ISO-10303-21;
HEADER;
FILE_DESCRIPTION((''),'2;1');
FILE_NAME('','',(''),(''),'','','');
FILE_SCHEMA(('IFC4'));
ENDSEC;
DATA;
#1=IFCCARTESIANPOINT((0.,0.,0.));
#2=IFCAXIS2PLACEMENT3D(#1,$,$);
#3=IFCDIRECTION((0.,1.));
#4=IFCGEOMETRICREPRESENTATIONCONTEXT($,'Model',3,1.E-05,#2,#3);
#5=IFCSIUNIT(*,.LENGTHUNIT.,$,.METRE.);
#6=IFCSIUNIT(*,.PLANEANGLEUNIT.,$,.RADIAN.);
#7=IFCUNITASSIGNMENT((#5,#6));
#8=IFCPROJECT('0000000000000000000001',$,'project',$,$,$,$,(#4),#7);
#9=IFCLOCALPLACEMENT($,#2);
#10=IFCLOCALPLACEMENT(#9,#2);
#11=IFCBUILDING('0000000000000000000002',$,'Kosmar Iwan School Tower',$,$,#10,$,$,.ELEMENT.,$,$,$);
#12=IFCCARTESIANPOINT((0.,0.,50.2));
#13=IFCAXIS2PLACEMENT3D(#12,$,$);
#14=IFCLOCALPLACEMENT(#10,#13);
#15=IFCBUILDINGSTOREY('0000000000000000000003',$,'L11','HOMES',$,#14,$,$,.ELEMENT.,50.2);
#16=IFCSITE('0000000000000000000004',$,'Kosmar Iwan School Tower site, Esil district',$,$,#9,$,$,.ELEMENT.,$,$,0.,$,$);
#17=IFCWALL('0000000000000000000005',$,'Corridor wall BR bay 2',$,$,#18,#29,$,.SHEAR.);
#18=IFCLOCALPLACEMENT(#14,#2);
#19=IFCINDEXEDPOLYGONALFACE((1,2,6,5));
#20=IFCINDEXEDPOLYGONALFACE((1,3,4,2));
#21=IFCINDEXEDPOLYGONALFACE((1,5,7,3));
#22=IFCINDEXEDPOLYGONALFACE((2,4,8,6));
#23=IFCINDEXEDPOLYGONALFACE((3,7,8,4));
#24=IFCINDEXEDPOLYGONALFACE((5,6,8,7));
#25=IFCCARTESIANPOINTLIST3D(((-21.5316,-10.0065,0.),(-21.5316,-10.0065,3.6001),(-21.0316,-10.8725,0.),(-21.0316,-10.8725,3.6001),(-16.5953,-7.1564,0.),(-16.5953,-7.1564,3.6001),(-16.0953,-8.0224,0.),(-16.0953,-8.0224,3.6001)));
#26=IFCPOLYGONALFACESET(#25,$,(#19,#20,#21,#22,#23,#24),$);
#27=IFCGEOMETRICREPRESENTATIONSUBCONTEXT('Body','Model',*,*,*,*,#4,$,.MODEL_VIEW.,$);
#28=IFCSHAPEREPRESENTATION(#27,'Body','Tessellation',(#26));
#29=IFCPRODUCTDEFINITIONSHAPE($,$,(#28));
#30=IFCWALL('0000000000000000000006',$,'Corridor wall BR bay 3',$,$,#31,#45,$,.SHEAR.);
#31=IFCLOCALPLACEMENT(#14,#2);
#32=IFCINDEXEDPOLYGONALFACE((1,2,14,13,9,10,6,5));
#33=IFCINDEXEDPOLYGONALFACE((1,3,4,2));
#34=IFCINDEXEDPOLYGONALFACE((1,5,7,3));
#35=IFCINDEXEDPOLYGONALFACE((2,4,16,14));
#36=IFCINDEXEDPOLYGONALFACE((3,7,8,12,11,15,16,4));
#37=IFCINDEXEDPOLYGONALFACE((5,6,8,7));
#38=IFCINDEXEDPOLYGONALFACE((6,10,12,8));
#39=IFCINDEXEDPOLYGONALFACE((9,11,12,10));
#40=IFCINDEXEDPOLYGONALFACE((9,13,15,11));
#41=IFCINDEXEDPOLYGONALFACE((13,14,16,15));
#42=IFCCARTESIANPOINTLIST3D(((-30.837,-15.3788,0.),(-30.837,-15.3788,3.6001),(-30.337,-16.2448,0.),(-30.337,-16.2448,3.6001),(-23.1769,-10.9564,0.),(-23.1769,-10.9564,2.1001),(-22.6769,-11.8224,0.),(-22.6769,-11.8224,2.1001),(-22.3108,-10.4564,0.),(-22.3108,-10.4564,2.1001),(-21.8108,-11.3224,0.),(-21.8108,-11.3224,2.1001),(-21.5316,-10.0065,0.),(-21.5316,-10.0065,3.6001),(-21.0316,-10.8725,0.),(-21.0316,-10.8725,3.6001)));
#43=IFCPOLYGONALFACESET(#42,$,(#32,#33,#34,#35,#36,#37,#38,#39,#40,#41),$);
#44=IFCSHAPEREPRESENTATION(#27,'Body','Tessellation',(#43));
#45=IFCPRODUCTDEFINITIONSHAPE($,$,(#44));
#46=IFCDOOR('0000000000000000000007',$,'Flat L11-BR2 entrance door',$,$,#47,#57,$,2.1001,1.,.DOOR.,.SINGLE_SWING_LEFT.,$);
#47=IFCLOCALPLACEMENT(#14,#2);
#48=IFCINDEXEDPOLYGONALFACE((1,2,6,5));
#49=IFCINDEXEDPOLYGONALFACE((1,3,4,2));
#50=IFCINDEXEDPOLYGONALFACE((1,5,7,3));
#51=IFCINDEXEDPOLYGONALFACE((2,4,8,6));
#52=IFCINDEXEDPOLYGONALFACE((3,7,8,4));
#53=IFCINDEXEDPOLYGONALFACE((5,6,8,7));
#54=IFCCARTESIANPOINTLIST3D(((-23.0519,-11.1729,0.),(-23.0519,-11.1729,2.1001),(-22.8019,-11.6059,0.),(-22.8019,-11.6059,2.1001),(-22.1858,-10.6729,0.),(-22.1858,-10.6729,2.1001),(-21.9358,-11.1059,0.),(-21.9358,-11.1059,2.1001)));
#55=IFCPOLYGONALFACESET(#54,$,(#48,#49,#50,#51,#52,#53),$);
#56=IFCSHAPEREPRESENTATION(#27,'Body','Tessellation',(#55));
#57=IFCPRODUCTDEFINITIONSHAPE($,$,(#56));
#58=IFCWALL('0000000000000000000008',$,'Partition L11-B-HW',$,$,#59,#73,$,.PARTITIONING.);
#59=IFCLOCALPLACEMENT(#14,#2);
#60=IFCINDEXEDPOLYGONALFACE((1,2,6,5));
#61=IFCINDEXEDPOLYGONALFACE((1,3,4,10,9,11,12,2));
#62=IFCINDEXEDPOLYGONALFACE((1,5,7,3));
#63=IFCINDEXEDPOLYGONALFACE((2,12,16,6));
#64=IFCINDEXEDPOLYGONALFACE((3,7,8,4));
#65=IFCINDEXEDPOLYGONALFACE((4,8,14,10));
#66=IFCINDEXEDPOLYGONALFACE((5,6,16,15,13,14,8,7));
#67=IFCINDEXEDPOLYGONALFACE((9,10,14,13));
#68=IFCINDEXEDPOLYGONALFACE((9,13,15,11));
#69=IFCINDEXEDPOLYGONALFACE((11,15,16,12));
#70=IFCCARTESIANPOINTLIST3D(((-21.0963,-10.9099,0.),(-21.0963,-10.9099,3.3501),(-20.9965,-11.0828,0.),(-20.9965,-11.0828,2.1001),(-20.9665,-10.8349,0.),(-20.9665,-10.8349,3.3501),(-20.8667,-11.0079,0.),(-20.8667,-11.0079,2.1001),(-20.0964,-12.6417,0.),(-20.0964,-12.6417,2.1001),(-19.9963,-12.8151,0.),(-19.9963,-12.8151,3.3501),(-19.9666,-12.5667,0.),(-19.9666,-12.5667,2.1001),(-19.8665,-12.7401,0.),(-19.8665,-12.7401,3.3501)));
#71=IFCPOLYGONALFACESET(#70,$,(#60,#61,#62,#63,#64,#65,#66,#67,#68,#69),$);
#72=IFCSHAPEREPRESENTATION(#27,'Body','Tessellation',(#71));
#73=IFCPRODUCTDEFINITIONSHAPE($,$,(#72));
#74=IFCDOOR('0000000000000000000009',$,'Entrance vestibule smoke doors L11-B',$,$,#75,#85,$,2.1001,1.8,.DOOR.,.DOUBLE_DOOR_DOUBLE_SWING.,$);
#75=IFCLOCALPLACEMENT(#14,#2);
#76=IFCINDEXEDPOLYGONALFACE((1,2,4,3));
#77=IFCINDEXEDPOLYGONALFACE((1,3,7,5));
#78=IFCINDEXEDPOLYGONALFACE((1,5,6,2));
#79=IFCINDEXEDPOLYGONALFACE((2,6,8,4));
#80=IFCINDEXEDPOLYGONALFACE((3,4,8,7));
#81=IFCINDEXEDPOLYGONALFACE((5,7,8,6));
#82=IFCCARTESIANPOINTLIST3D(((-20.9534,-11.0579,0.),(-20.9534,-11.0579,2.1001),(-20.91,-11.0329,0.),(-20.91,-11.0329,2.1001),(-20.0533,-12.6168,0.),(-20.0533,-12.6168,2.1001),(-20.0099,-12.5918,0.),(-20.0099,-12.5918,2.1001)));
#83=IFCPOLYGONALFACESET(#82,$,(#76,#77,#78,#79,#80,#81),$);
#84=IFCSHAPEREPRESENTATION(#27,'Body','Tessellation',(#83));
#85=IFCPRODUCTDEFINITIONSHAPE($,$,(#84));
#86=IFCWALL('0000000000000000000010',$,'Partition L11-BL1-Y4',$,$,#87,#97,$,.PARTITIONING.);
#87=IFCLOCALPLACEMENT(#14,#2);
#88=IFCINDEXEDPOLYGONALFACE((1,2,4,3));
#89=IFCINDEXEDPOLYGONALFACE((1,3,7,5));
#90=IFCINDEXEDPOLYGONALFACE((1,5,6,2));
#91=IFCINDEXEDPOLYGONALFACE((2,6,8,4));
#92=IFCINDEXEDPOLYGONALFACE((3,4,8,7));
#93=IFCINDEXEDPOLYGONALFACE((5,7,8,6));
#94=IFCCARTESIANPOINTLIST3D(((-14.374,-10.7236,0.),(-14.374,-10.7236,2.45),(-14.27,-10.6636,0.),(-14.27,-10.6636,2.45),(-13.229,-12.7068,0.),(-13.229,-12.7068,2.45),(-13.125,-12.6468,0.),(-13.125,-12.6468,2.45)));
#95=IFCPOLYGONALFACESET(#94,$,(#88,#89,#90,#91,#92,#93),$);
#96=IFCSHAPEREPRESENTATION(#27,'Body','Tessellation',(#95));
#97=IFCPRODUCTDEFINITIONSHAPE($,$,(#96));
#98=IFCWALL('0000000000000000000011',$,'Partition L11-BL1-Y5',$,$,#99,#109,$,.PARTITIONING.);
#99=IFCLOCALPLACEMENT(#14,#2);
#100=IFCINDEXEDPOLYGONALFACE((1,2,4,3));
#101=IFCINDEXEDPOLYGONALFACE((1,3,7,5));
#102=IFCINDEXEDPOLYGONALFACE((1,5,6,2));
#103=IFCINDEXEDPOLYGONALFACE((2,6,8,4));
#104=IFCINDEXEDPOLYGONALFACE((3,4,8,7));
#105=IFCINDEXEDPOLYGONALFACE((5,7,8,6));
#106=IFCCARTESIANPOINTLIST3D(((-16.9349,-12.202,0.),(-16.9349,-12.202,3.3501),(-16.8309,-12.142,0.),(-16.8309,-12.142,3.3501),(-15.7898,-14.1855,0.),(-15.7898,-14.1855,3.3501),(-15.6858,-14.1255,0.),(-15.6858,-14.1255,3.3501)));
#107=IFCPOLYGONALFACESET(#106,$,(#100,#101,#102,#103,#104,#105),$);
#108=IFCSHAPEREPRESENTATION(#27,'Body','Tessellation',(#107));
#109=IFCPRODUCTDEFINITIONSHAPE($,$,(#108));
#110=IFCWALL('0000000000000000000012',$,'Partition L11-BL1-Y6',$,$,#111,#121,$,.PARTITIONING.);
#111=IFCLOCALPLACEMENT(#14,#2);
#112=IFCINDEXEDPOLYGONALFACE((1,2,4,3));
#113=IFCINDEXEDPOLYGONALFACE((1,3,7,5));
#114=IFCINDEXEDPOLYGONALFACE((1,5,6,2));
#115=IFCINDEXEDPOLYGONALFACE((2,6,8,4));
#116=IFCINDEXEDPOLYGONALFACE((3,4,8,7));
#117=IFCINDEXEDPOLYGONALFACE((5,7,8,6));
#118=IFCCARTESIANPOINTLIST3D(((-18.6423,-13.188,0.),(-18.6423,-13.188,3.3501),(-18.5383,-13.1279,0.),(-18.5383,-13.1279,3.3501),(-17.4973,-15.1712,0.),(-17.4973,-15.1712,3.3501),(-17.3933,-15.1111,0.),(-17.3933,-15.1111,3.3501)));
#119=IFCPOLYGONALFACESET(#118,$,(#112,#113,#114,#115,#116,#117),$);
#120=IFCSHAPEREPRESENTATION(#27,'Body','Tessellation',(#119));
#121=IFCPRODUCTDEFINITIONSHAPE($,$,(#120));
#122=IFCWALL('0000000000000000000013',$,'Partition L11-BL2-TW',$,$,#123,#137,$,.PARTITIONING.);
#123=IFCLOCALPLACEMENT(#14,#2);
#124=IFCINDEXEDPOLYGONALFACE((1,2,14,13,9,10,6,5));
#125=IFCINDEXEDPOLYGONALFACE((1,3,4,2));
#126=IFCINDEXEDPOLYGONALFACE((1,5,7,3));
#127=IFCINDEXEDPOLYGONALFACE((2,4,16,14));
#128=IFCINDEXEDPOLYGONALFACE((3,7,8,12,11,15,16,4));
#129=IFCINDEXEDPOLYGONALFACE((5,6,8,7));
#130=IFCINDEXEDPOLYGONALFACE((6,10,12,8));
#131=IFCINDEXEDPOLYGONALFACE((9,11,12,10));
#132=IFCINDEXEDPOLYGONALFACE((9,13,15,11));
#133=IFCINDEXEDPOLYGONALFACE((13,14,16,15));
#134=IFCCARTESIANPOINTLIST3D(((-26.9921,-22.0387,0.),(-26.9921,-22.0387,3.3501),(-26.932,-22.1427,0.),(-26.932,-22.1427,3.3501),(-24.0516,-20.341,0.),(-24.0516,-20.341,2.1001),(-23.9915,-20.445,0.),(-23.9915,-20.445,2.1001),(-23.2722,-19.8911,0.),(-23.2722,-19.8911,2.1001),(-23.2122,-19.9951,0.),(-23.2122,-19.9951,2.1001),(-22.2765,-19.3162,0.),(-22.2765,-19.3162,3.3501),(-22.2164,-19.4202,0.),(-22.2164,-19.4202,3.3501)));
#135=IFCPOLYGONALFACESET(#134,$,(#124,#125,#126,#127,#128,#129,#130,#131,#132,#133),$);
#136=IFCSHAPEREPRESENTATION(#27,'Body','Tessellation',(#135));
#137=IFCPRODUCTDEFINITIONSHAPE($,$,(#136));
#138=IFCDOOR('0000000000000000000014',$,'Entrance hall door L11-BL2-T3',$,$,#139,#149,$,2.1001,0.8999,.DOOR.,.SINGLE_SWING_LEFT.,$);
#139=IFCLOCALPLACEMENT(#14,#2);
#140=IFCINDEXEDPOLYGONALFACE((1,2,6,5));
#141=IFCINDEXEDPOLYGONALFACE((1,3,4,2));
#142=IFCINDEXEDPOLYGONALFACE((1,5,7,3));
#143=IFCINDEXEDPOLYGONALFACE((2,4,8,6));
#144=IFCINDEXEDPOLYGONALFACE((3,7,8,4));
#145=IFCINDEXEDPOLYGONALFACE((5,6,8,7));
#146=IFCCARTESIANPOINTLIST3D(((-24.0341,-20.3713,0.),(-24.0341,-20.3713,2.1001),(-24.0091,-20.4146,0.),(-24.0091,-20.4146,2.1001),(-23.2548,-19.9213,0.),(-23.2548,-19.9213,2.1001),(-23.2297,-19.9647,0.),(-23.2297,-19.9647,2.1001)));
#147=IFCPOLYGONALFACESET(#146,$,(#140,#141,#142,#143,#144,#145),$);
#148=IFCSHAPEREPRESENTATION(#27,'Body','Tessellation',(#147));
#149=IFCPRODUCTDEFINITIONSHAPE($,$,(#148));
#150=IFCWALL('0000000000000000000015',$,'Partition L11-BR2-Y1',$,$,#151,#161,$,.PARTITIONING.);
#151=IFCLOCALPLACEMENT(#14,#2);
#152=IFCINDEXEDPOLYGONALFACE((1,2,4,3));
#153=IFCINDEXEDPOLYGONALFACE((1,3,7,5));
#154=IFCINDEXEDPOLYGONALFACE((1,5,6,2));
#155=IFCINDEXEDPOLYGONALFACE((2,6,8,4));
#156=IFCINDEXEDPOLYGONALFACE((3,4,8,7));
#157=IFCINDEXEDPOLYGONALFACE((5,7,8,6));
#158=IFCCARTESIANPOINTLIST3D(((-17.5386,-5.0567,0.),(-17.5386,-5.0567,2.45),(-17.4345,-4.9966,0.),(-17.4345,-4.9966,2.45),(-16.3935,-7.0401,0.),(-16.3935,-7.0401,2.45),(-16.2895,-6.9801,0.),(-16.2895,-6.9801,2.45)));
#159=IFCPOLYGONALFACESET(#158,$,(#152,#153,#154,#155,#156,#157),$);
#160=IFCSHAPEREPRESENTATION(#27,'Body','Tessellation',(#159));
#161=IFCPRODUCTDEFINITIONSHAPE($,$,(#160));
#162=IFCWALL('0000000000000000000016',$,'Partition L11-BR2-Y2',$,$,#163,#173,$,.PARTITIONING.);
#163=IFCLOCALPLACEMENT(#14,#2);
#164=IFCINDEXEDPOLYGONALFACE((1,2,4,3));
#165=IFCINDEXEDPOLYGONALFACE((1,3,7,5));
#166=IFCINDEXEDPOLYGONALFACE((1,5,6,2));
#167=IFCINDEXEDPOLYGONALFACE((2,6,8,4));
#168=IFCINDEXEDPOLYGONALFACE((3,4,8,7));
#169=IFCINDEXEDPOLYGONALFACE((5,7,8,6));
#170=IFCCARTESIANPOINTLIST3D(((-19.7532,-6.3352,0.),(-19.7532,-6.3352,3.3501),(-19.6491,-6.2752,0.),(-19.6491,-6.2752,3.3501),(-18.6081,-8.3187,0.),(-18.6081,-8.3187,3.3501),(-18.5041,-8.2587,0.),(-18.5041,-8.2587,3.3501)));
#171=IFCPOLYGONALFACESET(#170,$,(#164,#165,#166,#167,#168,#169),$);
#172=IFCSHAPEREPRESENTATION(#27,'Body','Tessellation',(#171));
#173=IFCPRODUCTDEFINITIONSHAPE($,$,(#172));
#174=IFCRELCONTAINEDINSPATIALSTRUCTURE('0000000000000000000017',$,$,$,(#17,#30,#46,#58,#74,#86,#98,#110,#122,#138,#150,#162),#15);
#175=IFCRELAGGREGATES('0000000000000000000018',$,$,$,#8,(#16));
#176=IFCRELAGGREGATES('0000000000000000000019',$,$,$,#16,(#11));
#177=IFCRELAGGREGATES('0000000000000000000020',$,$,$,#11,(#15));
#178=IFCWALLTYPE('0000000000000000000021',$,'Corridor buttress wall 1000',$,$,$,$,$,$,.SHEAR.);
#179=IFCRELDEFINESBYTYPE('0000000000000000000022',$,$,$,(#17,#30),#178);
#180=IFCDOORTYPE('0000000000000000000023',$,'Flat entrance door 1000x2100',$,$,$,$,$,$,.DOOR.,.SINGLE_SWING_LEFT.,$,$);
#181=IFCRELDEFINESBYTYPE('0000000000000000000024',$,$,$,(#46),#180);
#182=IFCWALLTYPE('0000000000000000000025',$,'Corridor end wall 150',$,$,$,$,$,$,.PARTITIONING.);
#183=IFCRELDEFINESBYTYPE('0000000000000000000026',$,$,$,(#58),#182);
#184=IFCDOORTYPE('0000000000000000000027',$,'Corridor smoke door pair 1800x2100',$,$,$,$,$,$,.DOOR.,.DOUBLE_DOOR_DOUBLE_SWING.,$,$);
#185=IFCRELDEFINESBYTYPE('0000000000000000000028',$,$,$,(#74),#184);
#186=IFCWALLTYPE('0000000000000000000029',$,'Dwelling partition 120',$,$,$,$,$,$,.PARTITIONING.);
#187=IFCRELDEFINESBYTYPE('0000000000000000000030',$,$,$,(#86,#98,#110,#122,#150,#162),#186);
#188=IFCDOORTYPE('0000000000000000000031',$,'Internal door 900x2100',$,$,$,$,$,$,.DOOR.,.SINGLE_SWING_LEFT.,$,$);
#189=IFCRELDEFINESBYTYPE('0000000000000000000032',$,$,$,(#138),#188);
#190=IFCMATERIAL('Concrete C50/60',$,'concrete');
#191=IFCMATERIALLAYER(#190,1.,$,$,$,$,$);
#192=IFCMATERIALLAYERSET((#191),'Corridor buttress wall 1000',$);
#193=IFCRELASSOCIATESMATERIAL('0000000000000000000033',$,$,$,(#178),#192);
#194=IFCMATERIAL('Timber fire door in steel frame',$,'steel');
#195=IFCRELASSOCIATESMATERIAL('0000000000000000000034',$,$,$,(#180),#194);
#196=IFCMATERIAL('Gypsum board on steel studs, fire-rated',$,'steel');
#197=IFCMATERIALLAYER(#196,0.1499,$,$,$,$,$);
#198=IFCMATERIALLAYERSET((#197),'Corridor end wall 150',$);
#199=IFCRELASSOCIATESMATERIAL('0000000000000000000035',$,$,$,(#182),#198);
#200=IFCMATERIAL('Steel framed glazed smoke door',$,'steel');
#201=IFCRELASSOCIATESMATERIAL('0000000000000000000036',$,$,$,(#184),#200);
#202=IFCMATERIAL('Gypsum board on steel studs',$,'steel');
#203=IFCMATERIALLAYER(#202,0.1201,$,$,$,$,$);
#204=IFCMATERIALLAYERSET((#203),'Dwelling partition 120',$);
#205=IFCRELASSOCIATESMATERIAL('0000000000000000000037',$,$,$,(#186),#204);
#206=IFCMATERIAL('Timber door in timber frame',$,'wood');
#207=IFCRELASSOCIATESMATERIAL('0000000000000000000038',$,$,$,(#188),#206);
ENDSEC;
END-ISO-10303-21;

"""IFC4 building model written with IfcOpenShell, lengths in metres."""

from ifc_helpers import new_model, si_unit, direction, frame, frame_2d, origin, place, context, subcontext, project, spatial, rectangle, extrude, material, layer, layer_set, type_object, element, fill, save


model = new_model("IFC4")

# Units and contexts
model_context = context("Model", 3, precision=1e-05, world=origin(), true_north=direction((0.0, 1.0)))
body_context = subcontext(model_context, "Body", "Model", "MODEL_VIEW")
ifc_project = project(units=[si_unit("LENGTHUNIT", "METRE"), si_unit("PLANEANGLEUNIT", "RADIAN")], contexts=[model_context])

# Site, building, storey
site_placement = place(None, origin())
site = spatial("IfcSite", under=ifc_project, at=site_placement, Name="Kosmar Iwan School Tower site, Esil district", CompositionType="ELEMENT", RefElevation=0.0)
building_placement = place(site_placement, origin())
building = spatial("IfcBuilding", under=site, at=building_placement, Name="Kosmar Iwan School Tower", CompositionType="ELEMENT")
storey_placement = place(building_placement, frame((0.0, 0.0, 50.2)))
storey = spatial("IfcBuildingStorey", under=building, at=storey_placement, Name="L11", Description="HOMES", CompositionType="ELEMENT", Elevation=50.2)

# Shared definitions
ifc_material_1 = material(Name="Concrete C50/60", Category="concrete")
ifc_layer_1 = layer(ifc_material_1, 1.0)
ifc_layer_set_1 = layer_set([ifc_layer_1], Name="Corridor buttress wall 1000")
wall_type_1 = type_object("IfcWallType", Name="Corridor buttress wall 1000", PredefinedType="SHEAR", material=ifc_layer_set_1)

# Shared definitions
ifc_material_2 = material(Name="Timber fire door in steel frame", Category="steel")
door_type_1 = type_object("IfcDoorType", Name="Flat entrance door 1000x2100", OperationType="SINGLE_SWING_LEFT", PredefinedType="DOOR", material=ifc_material_2)

# Wall
wall_1_placement = place(storey_placement, frame((-16.3452, -7.5894, 0.0), z_axis=(0.0, 0.0, 1.0), x_axis=(-0.866015, -0.500018, 0.0)))
element("IfcWall", 1, at=wall_1_placement, inside=storey, type_object=wall_type_1, Name="Corridor wall BR bay 2", PredefinedType="SHEAR", context=body_context, shape_type="SweptSolid", body=[
    extrude(rectangle(XDim=5.7, YDim=1.0, at=frame_2d((2.8501, 0.0))), origin(), (0.0, 0.0, 1.0), 3.6001),
])

# Walls, openings, doors
wall_2_placement = place(storey_placement, frame((-21.2815, -10.4395, 0.0), z_axis=(0.0, 0.0, 1.0), x_axis=(-0.866032, -0.499988, 0.0)))
wall_2 = element("IfcWall", 2, at=wall_2_placement, inside=storey, type_object=wall_type_1, Name="Corridor wall BR bay 3", PredefinedType="SHEAR", context=body_context, shape_type="SweptSolid", body=[
    extrude(rectangle(XDim=10.7449, YDim=1.0, at=frame_2d((5.3726, 0.0))), origin(), (0.0, 0.0, 1.0), 3.6001),
])
opening_1_placement = place(wall_2_placement, frame((0.8999, 0.0, 0.0)))
opening_1 = element("IfcOpeningElement", 3, at=opening_1_placement, cuts=wall_2, PredefinedType="OPENING", context=body_context, shape_type="SweptSolid", body=[
    extrude(rectangle(XDim=1.0, YDim=2.1001, at=frame_2d((0.5, 1.05))), frame((0.0, 0.512, 0.0), z_axis=(0.0, -1.0, 0.0), x_axis=(1.0, 0.0, 0.0)), (0.0, 0.0, 1.0), 1.0239),
])
door_1_placement = place(opening_1_placement, origin())
door_1 = element("IfcDoor", 4, at=door_1_placement, inside=storey, type_object=door_type_1, Name="Flat L11-BR2 entrance door", OperationType="SINGLE_SWING_LEFT", OverallHeight=2.1001, OverallWidth=1.0, PredefinedType="DOOR", context=body_context, shape_type="SweptSolid", body=[
    extrude(rectangle(XDim=1.0, YDim=2.1001, at=frame_2d((0.5, 1.05))), frame((0.0, 0.25, 0.0), z_axis=(0.0, -1.0, 0.0), x_axis=(1.0, 0.0, 0.0)), (0.0, 0.0, 1.0), 0.5),
])
fill(opening_1, door_1)
ifc_material_3 = material(Name="Gypsum board on steel studs, fire-rated", Category="steel")
ifc_layer_2 = layer(ifc_material_3, 0.1499)
ifc_layer_set_2 = layer_set([ifc_layer_2], Name="Corridor end wall 150")
wall_type_2 = type_object("IfcWallType", Name="Corridor end wall 150", PredefinedType="PARTITIONING", material=ifc_layer_set_2)
wall_3_placement = place(storey_placement, frame((-21.0315, -10.8723, 0.0), z_axis=(0.0, 0.0, 1.0), x_axis=(0.50003, -0.866008, 0.0)))
wall_3 = element("IfcWall", 5, at=wall_3_placement, inside=storey, type_object=wall_type_2, Name="Partition L11-B-HW", PredefinedType="PARTITIONING", context=body_context, shape_type="SweptSolid", body=[
    extrude(rectangle(XDim=2.2, YDim=0.1499, at=frame_2d((1.1001, 0.0))), origin(), (0.0, 0.0, 1.0), 3.3501),
])
opening_2_placement = place(wall_3_placement, frame((0.2, 0.0, 0.0)))
opening_2 = element("IfcOpeningElement", 6, at=opening_2_placement, cuts=wall_3, PredefinedType="OPENING", context=body_context, shape_type="SweptSolid", body=[
    extrude(rectangle(XDim=1.8, YDim=2.1001, at=frame_2d((0.8999, 1.05))), frame((0.0, 0.0869, 0.0), z_axis=(0.0, -1.0, 0.0), x_axis=(1.0, 0.0, 0.0)), (0.0, 0.0, 1.0), 0.1738),
])
ifc_material_4 = material(Name="Steel framed glazed smoke door", Category="steel")
door_type_2 = type_object("IfcDoorType", Name="Corridor smoke door pair 1800x2100", OperationType="DOUBLE_DOOR_DOUBLE_SWING", PredefinedType="DOOR", material=ifc_material_4)
door_2_placement = place(opening_2_placement, origin())
door_2 = element("IfcDoor", 7, at=door_2_placement, inside=storey, type_object=door_type_2, Name="Entrance vestibule smoke doors L11-B", OperationType="DOUBLE_DOOR_DOUBLE_SWING", OverallHeight=2.1001, OverallWidth=1.8, PredefinedType="DOOR", context=body_context, shape_type="SweptSolid", body=[
    extrude(rectangle(XDim=1.8, YDim=2.1001, at=frame_2d((0.8999, 1.05))), frame((0.0, 0.0249, 0.0), z_axis=(0.0, -1.0, 0.0), x_axis=(1.0, 0.0, 0.0)), (0.0, 0.0, 1.0), 0.05),
])
fill(opening_2, door_2)

# Walls
ifc_material_5 = material(Name="Gypsum board on steel studs", Category="steel")
ifc_layer_3 = layer(ifc_material_5, 0.1201)
ifc_layer_set_3 = layer_set([ifc_layer_3], Name="Dwelling partition 120")
wall_type_3 = type_object("IfcWallType", Name="Dwelling partition 120", PredefinedType="PARTITIONING", material=ifc_layer_set_3)
wall_4_placement = place(storey_placement, frame((-14.322, -10.6936, 0.0), z_axis=(0.0, 0.0, 1.0), x_axis=(0.500015, -0.866017, 0.0)))
element("IfcWall", 8, at=wall_4_placement, inside=storey, type_object=wall_type_3, Name="Partition L11-BL1-Y4", PredefinedType="PARTITIONING", context=body_context, shape_type="SweptSolid", body=[
    extrude(rectangle(XDim=2.29, YDim=0.1201, at=frame_2d((1.145, 0.0))), origin(), (0.0, 0.0, 1.0), 2.45),
])
wall_5_placement = place(storey_placement, frame((-16.8828, -12.1721, 0.0), z_axis=(0.0, 0.0, 1.0), x_axis=(0.499969, -0.866044, 0.0)))
element("IfcWall", 9, at=wall_5_placement, inside=storey, type_object=wall_type_3, Name="Partition L11-BL1-Y5", PredefinedType="PARTITIONING", context=body_context, shape_type="SweptSolid", body=[
    extrude(rectangle(XDim=2.2903, YDim=0.1201, at=frame_2d((1.145, 0.0))), origin(), (0.0, 0.0, 1.0), 3.3501),
])
wall_6_placement = place(storey_placement, frame((-18.5903, -13.158, 0.0), z_axis=(0.0, 0.0, 1.0), x_axis=(0.500015, -0.866017, 0.0)))
element("IfcWall", 10, at=wall_6_placement, inside=storey, type_object=wall_type_3, Name="Partition L11-BL1-Y6", PredefinedType="PARTITIONING", context=body_context, shape_type="SweptSolid", body=[
    extrude(rectangle(XDim=2.29, YDim=0.1201, at=frame_2d((1.145, 0.0))), origin(), (0.0, 0.0, 1.0), 3.3501),
])

# Wall, opening, door
wall_7_placement = place(storey_placement, frame((-22.2463, -19.3682, 0.0), z_axis=(0.0, 0.0, 1.0), x_axis=(-0.866036, -0.499982, 0.0)))
wall_7 = element("IfcWall", 11, at=wall_7_placement, inside=storey, type_object=wall_type_3, Name="Partition L11-BL2-TW", PredefinedType="PARTITIONING", context=body_context, shape_type="SweptSolid", body=[
    extrude(rectangle(XDim=5.4451, YDim=0.1201, at=frame_2d((2.7227, 0.0))), origin(), (0.0, 0.0, 1.0), 3.3501),
])
opening_3_placement = place(wall_7_placement, frame((1.1499, 0.0, 0.0)))
opening_3 = element("IfcOpeningElement", 12, at=opening_3_placement, cuts=wall_7, PredefinedType="OPENING", context=body_context, shape_type="SweptSolid", body=[
    extrude(rectangle(XDim=0.8999, YDim=2.1001, at=frame_2d((0.45, 1.05))), frame((0.0, 0.072, 0.0), z_axis=(0.0, -1.0, 0.0), x_axis=(1.0, 0.0, 0.0)), (0.0, 0.0, 1.0), 0.144),
])
ifc_material_6 = material(Name="Timber door in timber frame", Category="wood")
door_type_3 = type_object("IfcDoorType", Name="Internal door 900x2100", OperationType="SINGLE_SWING_LEFT", PredefinedType="DOOR", material=ifc_material_6)
door_3_placement = place(opening_3_placement, origin())
door_3 = element("IfcDoor", 13, at=door_3_placement, inside=storey, type_object=door_type_3, Name="Entrance hall door L11-BL2-T3", OperationType="SINGLE_SWING_LEFT", OverallHeight=2.1001, OverallWidth=0.8999, PredefinedType="DOOR", context=body_context, shape_type="SweptSolid", body=[
    extrude(rectangle(XDim=0.8999, YDim=2.1001, at=frame_2d((0.45, 1.05))), frame((0.0, 0.0249, 0.0), z_axis=(0.0, -1.0, 0.0), x_axis=(1.0, 0.0, 0.0)), (0.0, 0.0, 1.0), 0.05),
])
fill(opening_3, door_3)

# Walls
wall_8_placement = place(storey_placement, frame((-16.3416, -7.01, 0.0), z_axis=(0.0, 0.0, 1.0), x_axis=(-0.499969, 0.866044, 0.0)))
element("IfcWall", 14, at=wall_8_placement, inside=storey, type_object=wall_type_3, Name="Partition L11-BR2-Y1", PredefinedType="PARTITIONING", context=body_context, shape_type="SweptSolid", body=[
    extrude(rectangle(XDim=2.2903, YDim=0.1201, at=frame_2d((1.145, 0.0))), origin(), (0.0, 0.0, 1.0), 2.45),
])
wall_9_placement = place(storey_placement, frame((-18.5562, -8.2886, 0.0), z_axis=(0.0, 0.0, 1.0), x_axis=(-0.499969, 0.866044, 0.0)))
element("IfcWall", 15, at=wall_9_placement, inside=storey, type_object=wall_type_3, Name="Partition L11-BR2-Y2", PredefinedType="PARTITIONING", context=body_context, shape_type="SweptSolid", body=[
    extrude(rectangle(XDim=2.2903, YDim=0.1201, at=frame_2d((1.145, 0.0))), origin(), (0.0, 0.0, 1.0), 3.3501),
])

save(model, "model.ifc")
